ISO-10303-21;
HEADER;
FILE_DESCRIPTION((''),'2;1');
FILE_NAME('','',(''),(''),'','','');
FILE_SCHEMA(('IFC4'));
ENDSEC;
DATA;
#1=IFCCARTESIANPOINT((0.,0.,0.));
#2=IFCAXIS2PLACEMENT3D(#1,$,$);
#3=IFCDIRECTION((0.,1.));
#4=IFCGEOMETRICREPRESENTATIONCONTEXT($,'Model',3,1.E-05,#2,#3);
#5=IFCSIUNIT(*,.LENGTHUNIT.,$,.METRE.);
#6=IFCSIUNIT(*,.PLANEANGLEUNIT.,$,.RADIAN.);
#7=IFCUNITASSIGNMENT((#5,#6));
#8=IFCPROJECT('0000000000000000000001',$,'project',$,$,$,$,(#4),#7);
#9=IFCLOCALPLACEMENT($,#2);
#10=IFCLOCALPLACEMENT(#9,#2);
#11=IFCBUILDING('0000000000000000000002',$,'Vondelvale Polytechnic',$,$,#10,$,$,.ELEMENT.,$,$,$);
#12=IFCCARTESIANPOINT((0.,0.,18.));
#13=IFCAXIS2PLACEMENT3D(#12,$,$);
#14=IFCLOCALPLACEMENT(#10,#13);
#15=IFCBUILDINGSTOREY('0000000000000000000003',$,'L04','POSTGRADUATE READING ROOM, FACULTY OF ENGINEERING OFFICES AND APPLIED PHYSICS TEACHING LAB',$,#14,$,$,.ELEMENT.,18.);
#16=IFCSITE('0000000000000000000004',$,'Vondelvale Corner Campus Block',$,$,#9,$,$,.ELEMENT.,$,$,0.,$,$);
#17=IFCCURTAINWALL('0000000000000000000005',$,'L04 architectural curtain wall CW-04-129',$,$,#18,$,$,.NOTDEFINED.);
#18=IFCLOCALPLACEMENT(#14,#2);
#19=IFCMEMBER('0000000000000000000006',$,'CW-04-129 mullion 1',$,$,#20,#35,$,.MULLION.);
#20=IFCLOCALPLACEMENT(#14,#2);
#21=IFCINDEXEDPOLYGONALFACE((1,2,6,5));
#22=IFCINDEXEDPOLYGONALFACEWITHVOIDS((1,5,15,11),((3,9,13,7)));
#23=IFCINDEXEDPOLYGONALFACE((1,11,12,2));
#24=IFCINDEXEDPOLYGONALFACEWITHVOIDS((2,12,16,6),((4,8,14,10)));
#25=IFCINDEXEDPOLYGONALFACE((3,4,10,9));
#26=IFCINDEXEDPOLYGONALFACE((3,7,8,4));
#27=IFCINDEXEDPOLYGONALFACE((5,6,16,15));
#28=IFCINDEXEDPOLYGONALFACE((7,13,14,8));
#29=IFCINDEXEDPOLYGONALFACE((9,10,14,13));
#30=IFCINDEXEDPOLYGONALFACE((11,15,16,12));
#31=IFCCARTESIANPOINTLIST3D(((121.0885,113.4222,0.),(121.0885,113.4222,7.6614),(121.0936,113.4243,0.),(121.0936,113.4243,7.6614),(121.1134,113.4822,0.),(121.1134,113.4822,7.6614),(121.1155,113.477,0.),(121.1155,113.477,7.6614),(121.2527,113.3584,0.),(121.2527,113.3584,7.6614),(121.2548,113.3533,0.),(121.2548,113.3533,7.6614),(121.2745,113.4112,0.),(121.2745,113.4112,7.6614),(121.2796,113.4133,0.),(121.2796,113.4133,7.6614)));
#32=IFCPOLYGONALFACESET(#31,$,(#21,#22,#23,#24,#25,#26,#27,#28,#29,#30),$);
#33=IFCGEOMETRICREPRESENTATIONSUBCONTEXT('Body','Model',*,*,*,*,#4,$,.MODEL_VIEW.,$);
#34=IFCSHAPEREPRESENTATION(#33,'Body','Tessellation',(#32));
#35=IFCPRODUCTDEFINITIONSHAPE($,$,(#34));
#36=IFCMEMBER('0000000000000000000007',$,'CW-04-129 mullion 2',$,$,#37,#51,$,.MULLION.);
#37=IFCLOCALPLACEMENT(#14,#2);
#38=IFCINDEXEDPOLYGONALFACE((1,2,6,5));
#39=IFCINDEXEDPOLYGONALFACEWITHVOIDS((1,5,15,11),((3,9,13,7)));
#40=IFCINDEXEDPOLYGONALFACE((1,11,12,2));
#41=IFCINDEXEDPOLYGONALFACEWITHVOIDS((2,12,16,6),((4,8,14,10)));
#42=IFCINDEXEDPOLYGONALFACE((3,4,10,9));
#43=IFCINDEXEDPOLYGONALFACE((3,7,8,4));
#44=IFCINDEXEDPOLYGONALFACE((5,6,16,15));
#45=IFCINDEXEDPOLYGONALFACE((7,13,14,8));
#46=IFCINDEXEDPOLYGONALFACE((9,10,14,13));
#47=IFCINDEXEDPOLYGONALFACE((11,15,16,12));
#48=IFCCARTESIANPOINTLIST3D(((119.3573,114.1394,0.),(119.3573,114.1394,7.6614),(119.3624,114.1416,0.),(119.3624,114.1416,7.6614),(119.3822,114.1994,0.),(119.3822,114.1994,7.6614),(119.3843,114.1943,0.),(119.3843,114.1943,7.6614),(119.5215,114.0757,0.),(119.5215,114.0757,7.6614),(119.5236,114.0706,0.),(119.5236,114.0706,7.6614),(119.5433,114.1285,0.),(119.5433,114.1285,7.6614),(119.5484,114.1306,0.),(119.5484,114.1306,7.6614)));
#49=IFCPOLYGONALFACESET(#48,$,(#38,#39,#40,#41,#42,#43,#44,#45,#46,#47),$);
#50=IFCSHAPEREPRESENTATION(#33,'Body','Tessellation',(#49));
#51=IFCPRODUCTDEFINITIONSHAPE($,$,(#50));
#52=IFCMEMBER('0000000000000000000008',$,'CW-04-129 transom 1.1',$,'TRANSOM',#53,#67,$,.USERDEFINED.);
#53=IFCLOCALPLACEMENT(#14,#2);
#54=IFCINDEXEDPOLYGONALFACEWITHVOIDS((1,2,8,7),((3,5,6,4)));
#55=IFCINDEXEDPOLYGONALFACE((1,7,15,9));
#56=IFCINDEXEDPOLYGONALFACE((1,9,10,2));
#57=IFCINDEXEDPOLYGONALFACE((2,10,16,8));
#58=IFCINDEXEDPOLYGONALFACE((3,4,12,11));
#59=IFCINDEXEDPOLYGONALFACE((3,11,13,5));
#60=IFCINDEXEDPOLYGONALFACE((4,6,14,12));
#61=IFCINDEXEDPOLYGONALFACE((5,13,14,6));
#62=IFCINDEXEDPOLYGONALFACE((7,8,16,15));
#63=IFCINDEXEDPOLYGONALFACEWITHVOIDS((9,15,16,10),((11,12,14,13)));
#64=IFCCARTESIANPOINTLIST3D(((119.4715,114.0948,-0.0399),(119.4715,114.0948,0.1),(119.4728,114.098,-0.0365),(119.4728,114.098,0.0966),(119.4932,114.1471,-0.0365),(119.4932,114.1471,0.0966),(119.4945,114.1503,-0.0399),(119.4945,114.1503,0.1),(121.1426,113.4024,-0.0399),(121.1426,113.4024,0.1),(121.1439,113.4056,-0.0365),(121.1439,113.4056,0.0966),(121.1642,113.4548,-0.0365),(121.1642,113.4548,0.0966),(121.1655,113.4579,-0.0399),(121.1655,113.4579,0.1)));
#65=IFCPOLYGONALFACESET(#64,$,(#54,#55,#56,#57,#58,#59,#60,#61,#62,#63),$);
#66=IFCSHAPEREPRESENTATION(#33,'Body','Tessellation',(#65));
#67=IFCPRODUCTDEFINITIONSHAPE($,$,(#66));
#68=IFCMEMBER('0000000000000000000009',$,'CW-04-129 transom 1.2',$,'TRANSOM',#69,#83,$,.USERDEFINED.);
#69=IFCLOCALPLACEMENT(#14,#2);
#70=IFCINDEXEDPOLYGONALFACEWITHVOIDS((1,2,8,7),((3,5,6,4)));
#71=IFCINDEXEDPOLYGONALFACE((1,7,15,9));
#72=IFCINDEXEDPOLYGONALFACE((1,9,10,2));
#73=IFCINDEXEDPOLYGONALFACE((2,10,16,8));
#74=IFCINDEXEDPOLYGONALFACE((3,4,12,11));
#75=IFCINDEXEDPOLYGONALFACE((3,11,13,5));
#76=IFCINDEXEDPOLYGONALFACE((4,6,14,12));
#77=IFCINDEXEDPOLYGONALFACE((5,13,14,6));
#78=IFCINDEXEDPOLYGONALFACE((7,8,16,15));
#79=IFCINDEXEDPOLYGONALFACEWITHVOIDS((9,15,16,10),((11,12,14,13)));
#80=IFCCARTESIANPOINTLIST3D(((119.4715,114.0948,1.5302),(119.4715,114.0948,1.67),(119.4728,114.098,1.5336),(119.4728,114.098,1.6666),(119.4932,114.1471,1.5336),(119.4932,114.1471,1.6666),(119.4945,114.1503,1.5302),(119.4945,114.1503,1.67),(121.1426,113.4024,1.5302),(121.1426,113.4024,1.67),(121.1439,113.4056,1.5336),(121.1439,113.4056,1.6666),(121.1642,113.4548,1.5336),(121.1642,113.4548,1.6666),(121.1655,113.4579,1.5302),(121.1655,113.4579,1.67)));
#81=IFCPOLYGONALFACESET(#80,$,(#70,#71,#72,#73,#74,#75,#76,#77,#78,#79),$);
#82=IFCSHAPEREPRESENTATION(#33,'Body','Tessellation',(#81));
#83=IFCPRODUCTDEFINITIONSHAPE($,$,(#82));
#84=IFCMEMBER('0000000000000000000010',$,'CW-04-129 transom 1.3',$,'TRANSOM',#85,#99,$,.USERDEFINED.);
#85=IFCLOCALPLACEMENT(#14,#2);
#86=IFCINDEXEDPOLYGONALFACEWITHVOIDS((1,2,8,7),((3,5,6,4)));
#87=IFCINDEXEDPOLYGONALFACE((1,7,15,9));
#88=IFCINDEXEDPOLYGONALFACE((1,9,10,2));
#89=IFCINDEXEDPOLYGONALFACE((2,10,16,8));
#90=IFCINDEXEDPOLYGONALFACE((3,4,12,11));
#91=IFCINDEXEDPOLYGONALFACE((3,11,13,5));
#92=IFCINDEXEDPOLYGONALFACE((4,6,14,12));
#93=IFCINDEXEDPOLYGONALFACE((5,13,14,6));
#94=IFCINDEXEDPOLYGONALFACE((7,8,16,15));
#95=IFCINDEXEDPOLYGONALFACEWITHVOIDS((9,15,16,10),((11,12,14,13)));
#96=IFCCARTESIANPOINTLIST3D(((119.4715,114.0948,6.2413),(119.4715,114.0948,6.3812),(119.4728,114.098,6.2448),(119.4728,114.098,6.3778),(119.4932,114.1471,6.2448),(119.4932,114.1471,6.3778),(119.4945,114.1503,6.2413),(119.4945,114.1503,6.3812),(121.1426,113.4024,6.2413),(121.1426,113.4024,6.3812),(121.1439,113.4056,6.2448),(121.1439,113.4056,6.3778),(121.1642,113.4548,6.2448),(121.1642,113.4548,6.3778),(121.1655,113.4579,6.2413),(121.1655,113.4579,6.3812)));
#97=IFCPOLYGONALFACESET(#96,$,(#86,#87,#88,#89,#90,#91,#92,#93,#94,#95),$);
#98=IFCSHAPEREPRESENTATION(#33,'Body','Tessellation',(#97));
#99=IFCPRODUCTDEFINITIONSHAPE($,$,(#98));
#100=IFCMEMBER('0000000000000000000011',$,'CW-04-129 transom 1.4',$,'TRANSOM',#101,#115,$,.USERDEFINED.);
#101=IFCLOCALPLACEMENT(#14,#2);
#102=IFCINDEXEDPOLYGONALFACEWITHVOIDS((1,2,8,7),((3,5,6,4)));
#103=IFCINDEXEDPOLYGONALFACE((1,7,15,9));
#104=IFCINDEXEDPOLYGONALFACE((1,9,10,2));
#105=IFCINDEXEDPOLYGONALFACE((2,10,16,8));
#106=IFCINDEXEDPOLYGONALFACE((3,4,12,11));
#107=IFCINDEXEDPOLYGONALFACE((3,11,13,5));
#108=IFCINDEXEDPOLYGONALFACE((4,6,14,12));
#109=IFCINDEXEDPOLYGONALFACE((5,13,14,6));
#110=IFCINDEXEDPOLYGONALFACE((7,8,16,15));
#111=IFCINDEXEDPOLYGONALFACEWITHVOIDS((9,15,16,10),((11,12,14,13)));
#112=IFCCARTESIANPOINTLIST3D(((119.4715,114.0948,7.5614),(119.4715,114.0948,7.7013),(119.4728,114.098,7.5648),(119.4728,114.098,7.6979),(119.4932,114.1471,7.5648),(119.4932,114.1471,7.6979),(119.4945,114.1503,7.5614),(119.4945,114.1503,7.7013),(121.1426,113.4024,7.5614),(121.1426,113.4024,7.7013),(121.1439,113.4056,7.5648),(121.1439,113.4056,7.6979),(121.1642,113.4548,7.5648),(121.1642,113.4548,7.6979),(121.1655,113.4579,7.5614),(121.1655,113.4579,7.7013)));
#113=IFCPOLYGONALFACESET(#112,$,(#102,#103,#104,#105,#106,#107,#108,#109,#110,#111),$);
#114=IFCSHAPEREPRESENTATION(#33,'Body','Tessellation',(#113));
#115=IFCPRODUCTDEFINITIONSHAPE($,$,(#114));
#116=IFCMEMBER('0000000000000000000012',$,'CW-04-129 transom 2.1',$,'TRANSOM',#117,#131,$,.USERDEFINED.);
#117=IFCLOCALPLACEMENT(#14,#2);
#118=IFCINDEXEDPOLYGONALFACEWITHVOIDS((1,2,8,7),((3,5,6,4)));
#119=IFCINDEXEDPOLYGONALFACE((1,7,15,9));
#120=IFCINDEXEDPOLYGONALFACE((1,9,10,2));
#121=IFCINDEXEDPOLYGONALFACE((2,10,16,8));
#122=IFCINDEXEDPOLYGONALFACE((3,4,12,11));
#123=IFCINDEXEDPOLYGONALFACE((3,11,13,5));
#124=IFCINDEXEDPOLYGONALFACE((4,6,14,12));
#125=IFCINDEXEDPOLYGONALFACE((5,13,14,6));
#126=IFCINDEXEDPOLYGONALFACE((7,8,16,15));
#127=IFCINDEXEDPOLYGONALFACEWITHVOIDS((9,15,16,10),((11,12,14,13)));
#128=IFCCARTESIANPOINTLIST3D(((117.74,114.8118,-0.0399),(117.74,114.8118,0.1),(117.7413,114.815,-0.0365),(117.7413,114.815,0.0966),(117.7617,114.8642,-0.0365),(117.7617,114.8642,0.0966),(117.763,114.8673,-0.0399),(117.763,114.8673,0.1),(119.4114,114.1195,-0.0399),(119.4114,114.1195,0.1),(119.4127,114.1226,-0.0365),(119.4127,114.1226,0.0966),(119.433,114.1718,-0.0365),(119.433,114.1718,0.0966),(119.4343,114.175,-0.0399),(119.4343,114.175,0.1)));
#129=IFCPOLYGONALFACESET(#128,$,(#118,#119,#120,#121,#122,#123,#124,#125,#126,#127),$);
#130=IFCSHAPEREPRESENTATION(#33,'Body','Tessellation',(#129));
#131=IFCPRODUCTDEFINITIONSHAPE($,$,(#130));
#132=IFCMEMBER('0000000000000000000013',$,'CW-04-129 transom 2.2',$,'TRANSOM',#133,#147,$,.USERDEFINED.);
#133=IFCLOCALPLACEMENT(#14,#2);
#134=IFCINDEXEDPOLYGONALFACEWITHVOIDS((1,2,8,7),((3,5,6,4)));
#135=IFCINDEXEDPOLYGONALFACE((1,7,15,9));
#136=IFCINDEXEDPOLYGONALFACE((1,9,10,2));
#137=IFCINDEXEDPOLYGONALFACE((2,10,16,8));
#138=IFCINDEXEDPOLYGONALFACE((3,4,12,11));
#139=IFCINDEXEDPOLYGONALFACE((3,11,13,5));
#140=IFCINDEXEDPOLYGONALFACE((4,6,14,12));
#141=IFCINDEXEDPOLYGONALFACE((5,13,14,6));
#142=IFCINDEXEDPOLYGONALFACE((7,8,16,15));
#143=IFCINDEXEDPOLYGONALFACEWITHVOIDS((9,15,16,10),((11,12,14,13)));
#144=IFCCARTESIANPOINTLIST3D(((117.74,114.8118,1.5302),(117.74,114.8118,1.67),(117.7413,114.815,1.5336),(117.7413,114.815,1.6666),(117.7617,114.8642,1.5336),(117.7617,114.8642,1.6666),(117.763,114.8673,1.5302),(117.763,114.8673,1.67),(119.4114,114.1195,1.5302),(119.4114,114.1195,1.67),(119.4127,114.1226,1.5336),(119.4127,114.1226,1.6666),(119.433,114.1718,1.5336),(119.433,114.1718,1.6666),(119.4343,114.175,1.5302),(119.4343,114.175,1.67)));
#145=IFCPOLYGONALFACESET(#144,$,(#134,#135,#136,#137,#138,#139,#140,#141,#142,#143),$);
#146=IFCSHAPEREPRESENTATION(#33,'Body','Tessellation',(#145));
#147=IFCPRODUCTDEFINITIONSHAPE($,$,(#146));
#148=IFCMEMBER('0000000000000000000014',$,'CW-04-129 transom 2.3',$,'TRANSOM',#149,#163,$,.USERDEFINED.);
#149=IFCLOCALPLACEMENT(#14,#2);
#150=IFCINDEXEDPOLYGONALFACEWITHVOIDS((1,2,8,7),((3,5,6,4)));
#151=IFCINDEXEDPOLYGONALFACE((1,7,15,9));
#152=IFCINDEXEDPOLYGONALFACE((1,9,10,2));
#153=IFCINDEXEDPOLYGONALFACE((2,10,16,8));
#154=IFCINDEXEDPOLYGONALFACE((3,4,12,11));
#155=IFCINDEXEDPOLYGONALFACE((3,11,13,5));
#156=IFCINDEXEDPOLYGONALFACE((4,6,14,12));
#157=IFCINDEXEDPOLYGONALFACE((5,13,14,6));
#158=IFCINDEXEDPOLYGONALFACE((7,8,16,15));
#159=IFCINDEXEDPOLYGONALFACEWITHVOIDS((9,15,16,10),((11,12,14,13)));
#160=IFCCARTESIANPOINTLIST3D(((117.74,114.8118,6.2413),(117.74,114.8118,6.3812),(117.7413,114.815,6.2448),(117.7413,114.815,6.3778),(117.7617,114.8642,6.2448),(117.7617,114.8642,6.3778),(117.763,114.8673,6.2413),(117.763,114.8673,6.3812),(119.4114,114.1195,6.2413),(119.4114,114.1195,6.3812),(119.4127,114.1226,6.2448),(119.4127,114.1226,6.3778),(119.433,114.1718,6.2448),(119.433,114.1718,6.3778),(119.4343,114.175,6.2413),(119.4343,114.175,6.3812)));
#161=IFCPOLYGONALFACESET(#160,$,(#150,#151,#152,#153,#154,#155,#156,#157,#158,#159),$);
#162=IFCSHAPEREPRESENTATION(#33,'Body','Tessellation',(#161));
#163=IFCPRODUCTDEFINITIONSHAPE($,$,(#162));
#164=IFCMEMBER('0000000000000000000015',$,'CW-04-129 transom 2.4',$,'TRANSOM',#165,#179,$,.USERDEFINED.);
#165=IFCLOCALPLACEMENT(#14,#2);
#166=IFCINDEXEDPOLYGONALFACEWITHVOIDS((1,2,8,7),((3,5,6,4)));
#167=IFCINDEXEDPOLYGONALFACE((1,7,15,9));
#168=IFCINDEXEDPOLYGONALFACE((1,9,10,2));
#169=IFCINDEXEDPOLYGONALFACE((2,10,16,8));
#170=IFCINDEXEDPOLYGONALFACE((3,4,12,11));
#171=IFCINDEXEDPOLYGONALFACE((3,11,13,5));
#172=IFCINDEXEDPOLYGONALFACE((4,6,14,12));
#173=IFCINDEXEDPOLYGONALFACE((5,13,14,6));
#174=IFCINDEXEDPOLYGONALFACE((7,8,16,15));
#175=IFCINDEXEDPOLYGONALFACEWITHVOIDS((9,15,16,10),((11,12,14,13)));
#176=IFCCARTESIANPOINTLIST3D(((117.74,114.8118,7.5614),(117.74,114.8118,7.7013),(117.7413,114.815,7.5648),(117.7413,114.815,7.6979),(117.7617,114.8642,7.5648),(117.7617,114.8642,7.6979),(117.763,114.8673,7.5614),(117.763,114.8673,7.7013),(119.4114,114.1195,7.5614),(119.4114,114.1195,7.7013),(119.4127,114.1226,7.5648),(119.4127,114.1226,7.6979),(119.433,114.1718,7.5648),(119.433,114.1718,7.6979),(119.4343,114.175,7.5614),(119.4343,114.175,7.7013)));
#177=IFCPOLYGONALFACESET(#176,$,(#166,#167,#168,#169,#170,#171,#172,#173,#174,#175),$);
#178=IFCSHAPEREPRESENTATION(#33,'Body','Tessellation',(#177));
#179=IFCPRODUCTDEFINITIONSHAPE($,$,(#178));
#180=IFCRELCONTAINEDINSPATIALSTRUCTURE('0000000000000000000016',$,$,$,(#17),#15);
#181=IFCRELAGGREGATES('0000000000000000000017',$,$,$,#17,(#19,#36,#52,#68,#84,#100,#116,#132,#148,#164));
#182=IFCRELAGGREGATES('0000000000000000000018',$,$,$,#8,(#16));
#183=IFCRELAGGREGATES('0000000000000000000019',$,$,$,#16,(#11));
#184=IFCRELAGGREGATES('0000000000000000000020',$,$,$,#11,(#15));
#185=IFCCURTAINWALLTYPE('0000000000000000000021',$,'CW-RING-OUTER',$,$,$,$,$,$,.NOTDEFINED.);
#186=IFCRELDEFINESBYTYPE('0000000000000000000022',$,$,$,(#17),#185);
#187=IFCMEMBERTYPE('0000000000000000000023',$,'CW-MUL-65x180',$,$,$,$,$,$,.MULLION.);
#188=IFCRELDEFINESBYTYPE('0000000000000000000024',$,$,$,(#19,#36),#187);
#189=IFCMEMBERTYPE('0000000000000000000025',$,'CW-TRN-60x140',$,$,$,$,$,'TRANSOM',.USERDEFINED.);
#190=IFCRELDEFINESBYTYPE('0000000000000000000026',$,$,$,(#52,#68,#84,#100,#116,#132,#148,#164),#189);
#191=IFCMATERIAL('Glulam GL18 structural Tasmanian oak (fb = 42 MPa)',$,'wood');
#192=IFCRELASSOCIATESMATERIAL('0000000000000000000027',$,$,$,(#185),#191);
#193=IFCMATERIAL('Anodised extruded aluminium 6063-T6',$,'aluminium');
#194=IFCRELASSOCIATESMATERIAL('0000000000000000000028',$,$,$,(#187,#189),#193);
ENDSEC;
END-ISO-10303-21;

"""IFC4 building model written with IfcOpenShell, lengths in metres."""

from ifc_helpers import new_model, si_unit, direction, frame, origin, origin_2d, place, context, subcontext, project, spatial, hollow_rectangle, extrude, material, material_profile, profile_set, type_object, element, aggregate, save


model = new_model("IFC4")

# Units and contexts
model_context = context("Model", 3, precision=1e-05, world=origin(), true_north=direction((0.0, 1.0)))
body_context = subcontext(model_context, "Body", "Model", "MODEL_VIEW")
ifc_project = project(units=[si_unit("LENGTHUNIT", "METRE"), si_unit("PLANEANGLEUNIT", "RADIAN")], contexts=[model_context])

# Site, building, storey
site_placement = place(None, origin())
site = spatial("IfcSite", under=ifc_project, at=site_placement, Name="Vondelvale Corner Campus Block", CompositionType="ELEMENT", RefElevation=0.0)
building_placement = place(site_placement, origin())
building = spatial("IfcBuilding", under=site, at=building_placement, Name="Vondelvale Polytechnic", CompositionType="ELEMENT")
storey_placement = place(building_placement, frame((0.0, 0.0, 18.0)))
storey = spatial("IfcBuildingStorey", under=building, at=storey_placement, Name="L04", Description="POSTGRADUATE READING ROOM, FACULTY OF ENGINEERING OFFICES AND APPLIED PHYSICS TEACHING LAB", CompositionType="ELEMENT", Elevation=18.0)

# Shared definitions
ifc_material_1 = material(Name="Glulam GL18 structural Tasmanian oak (fb = 42 MPa)", Category="wood")

# Shared definitions
curtain_wall_type = type_object("IfcCurtainWallType", Name="CW-RING-OUTER", PredefinedType="NOTDEFINED", material=ifc_material_1)
ifc_material_2 = material(Name="Anodised extruded aluminium 6063-T6", Category="aluminium")
ifc_material_profile_1 = material_profile(ifc_material_2, hollow_rectangle(XDim=0.0649, YDim=0.1799, WallThickness=0.0039, at=origin_2d()), Name="CW-MUL-180x65")
ifc_profile_set_1 = profile_set([ifc_material_profile_1], Name="Anodised extruded aluminium 6063-T6")
member_type_1 = type_object("IfcMemberType", Name="CW-MUL-65x180", PredefinedType="MULLION", material=ifc_profile_set_1)

# Curtain wall, members
curtain_wall_1_placement = place(storey_placement, origin())
curtain_wall_1 = element("IfcCurtainWall", 1, at=curtain_wall_1_placement, inside=storey, type_object=curtain_wall_type, Name="L04 architectural curtain wall CW-04-129", PredefinedType="NOTDEFINED")
member_1_placement = place(storey_placement, frame((121.1841, 113.4177, 0.0), z_axis=(0.0, 0.0, 1.0), x_axis=(-0.382695, -0.923875, 0.0)))
member_1 = element("IfcMember", 2, at=member_1_placement, type_object=member_type_1, Name="CW-04-129 mullion 1", PredefinedType="MULLION", context=body_context, shape_type="SweptSolid", body=[
    extrude(hollow_rectangle(XDim=0.0649, YDim=0.1799, WallThickness=0.0039, at=origin_2d()), origin(), (0.0, 0.0, 1.0), 7.6614),
])
member_2_placement = place(storey_placement, frame((119.4529, 114.135, 0.0), z_axis=(0.0, 0.0, 1.0), x_axis=(-0.382695, -0.923875, 0.0)))
member_2 = element("IfcMember", 3, at=member_2_placement, type_object=member_type_1, Name="CW-04-129 mullion 2", PredefinedType="MULLION", context=body_context, shape_type="SweptSolid", body=[
    extrude(hollow_rectangle(XDim=0.0649, YDim=0.1799, WallThickness=0.0039, at=origin_2d()), origin(), (0.0, 0.0, 1.0), 7.6614),
])
ifc_material_profile_2 = material_profile(ifc_material_2, hollow_rectangle(XDim=0.0601, YDim=0.1399, WallThickness=0.0034, at=origin_2d()), Name="CW-TRN-140x60")
ifc_profile_set_2 = profile_set([ifc_material_profile_2], Name="Anodised extruded aluminium 6063-T6")
member_type_2 = type_object("IfcMemberType", Name="CW-TRN-60x140", ElementType="TRANSOM", PredefinedType="USERDEFINED", material=ifc_profile_set_2)
member_3_placement = place(storey_placement, frame((121.1541, 113.4302, 0.03), z_axis=(-0.923846, 0.382765, 0.0), x_axis=(-0.382765, -0.923846, 0.0)))
member_3 = element("IfcMember", 4, at=member_3_placement, type_object=member_type_2, Name="CW-04-129 transom 1.1", ObjectType="TRANSOM", PredefinedType="USERDEFINED", context=body_context, shape_type="SweptSolid", body=[
    extrude(hollow_rectangle(XDim=0.0601, YDim=0.1399, WallThickness=0.0034, at=origin_2d()), origin(), (0.0, 0.0, 1.0), 1.8088),
])
member_4_placement = place(storey_placement, frame((121.1541, 113.4302, 1.6001), z_axis=(-0.923846, 0.382765, 0.0), x_axis=(-0.382765, -0.923846, 0.0)))
member_4 = element("IfcMember", 5, at=member_4_placement, type_object=member_type_2, Name="CW-04-129 transom 1.2", ObjectType="TRANSOM", PredefinedType="USERDEFINED", context=body_context, shape_type="SweptSolid", body=[
    extrude(hollow_rectangle(XDim=0.0601, YDim=0.1399, WallThickness=0.0034, at=origin_2d()), origin(), (0.0, 0.0, 1.0), 1.8088),
])
member_5_placement = place(storey_placement, frame((121.1541, 113.4302, 6.3113), z_axis=(-0.923846, 0.382765, 0.0), x_axis=(-0.382765, -0.923846, 0.0)))
member_5 = element("IfcMember", 6, at=member_5_placement, type_object=member_type_2, Name="CW-04-129 transom 1.3", ObjectType="TRANSOM", PredefinedType="USERDEFINED", context=body_context, shape_type="SweptSolid", body=[
    extrude(hollow_rectangle(XDim=0.0601, YDim=0.1399, WallThickness=0.0034, at=origin_2d()), origin(), (0.0, 0.0, 1.0), 1.8088),
])
member_6_placement = place(storey_placement, frame((121.1541, 113.4302, 7.6313), z_axis=(-0.923846, 0.382765, 0.0), x_axis=(-0.382765, -0.923846, 0.0)))
member_6 = element("IfcMember", 7, at=member_6_placement, type_object=member_type_2, Name="CW-04-129 transom 1.4", ObjectType="TRANSOM", PredefinedType="USERDEFINED", context=body_context, shape_type="SweptSolid", body=[
    extrude(hollow_rectangle(XDim=0.0601, YDim=0.1399, WallThickness=0.0034, at=origin_2d()), origin(), (0.0, 0.0, 1.0), 1.8088),
])
member_7_placement = place(storey_placement, frame((119.4229, 114.1472, 0.03), z_axis=(-0.923866, 0.382717, 0.0), x_axis=(-0.382717, -0.923866, 0.0)))
member_7 = element("IfcMember", 8, at=member_7_placement, type_object=member_type_2, Name="CW-04-129 transom 2.1", ObjectType="TRANSOM", PredefinedType="USERDEFINED", context=body_context, shape_type="SweptSolid", body=[
    extrude(hollow_rectangle(XDim=0.0601, YDim=0.1399, WallThickness=0.0034, at=origin_2d()), origin(), (0.0, 0.0, 1.0), 1.8091),
])
member_8_placement = place(storey_placement, frame((119.4229, 114.1472, 1.6001), z_axis=(-0.923866, 0.382717, 0.0), x_axis=(-0.382717, -0.923866, 0.0)))
member_8 = element("IfcMember", 9, at=member_8_placement, type_object=member_type_2, Name="CW-04-129 transom 2.2", ObjectType="TRANSOM", PredefinedType="USERDEFINED", context=body_context, shape_type="SweptSolid", body=[
    extrude(hollow_rectangle(XDim=0.0601, YDim=0.1399, WallThickness=0.0034, at=origin_2d()), origin(), (0.0, 0.0, 1.0), 1.8091),
])
member_9_placement = place(storey_placement, frame((119.4229, 114.1472, 6.3113), z_axis=(-0.923866, 0.382717, 0.0), x_axis=(-0.382717, -0.923866, 0.0)))
member_9 = element("IfcMember", 10, at=member_9_placement, type_object=member_type_2, Name="CW-04-129 transom 2.3", ObjectType="TRANSOM", PredefinedType="USERDEFINED", context=body_context, shape_type="SweptSolid", body=[
    extrude(hollow_rectangle(XDim=0.0601, YDim=0.1399, WallThickness=0.0034, at=origin_2d()), origin(), (0.0, 0.0, 1.0), 1.8091),
])
member_10_placement = place(storey_placement, frame((119.4229, 114.1472, 7.6313), z_axis=(-0.923866, 0.382717, 0.0), x_axis=(-0.382717, -0.923866, 0.0)))
member_10 = element("IfcMember", 11, at=member_10_placement, type_object=member_type_2, Name="CW-04-129 transom 2.4", ObjectType="TRANSOM", PredefinedType="USERDEFINED", context=body_context, shape_type="SweptSolid", body=[
    extrude(hollow_rectangle(XDim=0.0601, YDim=0.1399, WallThickness=0.0034, at=origin_2d()), origin(), (0.0, 0.0, 1.0), 1.8091),
])

aggregate(curtain_wall_1, [member_1, member_2, member_3, member_4, member_5, member_6, member_7, member_8, member_9, member_10])

save(model, "model.ifc")
